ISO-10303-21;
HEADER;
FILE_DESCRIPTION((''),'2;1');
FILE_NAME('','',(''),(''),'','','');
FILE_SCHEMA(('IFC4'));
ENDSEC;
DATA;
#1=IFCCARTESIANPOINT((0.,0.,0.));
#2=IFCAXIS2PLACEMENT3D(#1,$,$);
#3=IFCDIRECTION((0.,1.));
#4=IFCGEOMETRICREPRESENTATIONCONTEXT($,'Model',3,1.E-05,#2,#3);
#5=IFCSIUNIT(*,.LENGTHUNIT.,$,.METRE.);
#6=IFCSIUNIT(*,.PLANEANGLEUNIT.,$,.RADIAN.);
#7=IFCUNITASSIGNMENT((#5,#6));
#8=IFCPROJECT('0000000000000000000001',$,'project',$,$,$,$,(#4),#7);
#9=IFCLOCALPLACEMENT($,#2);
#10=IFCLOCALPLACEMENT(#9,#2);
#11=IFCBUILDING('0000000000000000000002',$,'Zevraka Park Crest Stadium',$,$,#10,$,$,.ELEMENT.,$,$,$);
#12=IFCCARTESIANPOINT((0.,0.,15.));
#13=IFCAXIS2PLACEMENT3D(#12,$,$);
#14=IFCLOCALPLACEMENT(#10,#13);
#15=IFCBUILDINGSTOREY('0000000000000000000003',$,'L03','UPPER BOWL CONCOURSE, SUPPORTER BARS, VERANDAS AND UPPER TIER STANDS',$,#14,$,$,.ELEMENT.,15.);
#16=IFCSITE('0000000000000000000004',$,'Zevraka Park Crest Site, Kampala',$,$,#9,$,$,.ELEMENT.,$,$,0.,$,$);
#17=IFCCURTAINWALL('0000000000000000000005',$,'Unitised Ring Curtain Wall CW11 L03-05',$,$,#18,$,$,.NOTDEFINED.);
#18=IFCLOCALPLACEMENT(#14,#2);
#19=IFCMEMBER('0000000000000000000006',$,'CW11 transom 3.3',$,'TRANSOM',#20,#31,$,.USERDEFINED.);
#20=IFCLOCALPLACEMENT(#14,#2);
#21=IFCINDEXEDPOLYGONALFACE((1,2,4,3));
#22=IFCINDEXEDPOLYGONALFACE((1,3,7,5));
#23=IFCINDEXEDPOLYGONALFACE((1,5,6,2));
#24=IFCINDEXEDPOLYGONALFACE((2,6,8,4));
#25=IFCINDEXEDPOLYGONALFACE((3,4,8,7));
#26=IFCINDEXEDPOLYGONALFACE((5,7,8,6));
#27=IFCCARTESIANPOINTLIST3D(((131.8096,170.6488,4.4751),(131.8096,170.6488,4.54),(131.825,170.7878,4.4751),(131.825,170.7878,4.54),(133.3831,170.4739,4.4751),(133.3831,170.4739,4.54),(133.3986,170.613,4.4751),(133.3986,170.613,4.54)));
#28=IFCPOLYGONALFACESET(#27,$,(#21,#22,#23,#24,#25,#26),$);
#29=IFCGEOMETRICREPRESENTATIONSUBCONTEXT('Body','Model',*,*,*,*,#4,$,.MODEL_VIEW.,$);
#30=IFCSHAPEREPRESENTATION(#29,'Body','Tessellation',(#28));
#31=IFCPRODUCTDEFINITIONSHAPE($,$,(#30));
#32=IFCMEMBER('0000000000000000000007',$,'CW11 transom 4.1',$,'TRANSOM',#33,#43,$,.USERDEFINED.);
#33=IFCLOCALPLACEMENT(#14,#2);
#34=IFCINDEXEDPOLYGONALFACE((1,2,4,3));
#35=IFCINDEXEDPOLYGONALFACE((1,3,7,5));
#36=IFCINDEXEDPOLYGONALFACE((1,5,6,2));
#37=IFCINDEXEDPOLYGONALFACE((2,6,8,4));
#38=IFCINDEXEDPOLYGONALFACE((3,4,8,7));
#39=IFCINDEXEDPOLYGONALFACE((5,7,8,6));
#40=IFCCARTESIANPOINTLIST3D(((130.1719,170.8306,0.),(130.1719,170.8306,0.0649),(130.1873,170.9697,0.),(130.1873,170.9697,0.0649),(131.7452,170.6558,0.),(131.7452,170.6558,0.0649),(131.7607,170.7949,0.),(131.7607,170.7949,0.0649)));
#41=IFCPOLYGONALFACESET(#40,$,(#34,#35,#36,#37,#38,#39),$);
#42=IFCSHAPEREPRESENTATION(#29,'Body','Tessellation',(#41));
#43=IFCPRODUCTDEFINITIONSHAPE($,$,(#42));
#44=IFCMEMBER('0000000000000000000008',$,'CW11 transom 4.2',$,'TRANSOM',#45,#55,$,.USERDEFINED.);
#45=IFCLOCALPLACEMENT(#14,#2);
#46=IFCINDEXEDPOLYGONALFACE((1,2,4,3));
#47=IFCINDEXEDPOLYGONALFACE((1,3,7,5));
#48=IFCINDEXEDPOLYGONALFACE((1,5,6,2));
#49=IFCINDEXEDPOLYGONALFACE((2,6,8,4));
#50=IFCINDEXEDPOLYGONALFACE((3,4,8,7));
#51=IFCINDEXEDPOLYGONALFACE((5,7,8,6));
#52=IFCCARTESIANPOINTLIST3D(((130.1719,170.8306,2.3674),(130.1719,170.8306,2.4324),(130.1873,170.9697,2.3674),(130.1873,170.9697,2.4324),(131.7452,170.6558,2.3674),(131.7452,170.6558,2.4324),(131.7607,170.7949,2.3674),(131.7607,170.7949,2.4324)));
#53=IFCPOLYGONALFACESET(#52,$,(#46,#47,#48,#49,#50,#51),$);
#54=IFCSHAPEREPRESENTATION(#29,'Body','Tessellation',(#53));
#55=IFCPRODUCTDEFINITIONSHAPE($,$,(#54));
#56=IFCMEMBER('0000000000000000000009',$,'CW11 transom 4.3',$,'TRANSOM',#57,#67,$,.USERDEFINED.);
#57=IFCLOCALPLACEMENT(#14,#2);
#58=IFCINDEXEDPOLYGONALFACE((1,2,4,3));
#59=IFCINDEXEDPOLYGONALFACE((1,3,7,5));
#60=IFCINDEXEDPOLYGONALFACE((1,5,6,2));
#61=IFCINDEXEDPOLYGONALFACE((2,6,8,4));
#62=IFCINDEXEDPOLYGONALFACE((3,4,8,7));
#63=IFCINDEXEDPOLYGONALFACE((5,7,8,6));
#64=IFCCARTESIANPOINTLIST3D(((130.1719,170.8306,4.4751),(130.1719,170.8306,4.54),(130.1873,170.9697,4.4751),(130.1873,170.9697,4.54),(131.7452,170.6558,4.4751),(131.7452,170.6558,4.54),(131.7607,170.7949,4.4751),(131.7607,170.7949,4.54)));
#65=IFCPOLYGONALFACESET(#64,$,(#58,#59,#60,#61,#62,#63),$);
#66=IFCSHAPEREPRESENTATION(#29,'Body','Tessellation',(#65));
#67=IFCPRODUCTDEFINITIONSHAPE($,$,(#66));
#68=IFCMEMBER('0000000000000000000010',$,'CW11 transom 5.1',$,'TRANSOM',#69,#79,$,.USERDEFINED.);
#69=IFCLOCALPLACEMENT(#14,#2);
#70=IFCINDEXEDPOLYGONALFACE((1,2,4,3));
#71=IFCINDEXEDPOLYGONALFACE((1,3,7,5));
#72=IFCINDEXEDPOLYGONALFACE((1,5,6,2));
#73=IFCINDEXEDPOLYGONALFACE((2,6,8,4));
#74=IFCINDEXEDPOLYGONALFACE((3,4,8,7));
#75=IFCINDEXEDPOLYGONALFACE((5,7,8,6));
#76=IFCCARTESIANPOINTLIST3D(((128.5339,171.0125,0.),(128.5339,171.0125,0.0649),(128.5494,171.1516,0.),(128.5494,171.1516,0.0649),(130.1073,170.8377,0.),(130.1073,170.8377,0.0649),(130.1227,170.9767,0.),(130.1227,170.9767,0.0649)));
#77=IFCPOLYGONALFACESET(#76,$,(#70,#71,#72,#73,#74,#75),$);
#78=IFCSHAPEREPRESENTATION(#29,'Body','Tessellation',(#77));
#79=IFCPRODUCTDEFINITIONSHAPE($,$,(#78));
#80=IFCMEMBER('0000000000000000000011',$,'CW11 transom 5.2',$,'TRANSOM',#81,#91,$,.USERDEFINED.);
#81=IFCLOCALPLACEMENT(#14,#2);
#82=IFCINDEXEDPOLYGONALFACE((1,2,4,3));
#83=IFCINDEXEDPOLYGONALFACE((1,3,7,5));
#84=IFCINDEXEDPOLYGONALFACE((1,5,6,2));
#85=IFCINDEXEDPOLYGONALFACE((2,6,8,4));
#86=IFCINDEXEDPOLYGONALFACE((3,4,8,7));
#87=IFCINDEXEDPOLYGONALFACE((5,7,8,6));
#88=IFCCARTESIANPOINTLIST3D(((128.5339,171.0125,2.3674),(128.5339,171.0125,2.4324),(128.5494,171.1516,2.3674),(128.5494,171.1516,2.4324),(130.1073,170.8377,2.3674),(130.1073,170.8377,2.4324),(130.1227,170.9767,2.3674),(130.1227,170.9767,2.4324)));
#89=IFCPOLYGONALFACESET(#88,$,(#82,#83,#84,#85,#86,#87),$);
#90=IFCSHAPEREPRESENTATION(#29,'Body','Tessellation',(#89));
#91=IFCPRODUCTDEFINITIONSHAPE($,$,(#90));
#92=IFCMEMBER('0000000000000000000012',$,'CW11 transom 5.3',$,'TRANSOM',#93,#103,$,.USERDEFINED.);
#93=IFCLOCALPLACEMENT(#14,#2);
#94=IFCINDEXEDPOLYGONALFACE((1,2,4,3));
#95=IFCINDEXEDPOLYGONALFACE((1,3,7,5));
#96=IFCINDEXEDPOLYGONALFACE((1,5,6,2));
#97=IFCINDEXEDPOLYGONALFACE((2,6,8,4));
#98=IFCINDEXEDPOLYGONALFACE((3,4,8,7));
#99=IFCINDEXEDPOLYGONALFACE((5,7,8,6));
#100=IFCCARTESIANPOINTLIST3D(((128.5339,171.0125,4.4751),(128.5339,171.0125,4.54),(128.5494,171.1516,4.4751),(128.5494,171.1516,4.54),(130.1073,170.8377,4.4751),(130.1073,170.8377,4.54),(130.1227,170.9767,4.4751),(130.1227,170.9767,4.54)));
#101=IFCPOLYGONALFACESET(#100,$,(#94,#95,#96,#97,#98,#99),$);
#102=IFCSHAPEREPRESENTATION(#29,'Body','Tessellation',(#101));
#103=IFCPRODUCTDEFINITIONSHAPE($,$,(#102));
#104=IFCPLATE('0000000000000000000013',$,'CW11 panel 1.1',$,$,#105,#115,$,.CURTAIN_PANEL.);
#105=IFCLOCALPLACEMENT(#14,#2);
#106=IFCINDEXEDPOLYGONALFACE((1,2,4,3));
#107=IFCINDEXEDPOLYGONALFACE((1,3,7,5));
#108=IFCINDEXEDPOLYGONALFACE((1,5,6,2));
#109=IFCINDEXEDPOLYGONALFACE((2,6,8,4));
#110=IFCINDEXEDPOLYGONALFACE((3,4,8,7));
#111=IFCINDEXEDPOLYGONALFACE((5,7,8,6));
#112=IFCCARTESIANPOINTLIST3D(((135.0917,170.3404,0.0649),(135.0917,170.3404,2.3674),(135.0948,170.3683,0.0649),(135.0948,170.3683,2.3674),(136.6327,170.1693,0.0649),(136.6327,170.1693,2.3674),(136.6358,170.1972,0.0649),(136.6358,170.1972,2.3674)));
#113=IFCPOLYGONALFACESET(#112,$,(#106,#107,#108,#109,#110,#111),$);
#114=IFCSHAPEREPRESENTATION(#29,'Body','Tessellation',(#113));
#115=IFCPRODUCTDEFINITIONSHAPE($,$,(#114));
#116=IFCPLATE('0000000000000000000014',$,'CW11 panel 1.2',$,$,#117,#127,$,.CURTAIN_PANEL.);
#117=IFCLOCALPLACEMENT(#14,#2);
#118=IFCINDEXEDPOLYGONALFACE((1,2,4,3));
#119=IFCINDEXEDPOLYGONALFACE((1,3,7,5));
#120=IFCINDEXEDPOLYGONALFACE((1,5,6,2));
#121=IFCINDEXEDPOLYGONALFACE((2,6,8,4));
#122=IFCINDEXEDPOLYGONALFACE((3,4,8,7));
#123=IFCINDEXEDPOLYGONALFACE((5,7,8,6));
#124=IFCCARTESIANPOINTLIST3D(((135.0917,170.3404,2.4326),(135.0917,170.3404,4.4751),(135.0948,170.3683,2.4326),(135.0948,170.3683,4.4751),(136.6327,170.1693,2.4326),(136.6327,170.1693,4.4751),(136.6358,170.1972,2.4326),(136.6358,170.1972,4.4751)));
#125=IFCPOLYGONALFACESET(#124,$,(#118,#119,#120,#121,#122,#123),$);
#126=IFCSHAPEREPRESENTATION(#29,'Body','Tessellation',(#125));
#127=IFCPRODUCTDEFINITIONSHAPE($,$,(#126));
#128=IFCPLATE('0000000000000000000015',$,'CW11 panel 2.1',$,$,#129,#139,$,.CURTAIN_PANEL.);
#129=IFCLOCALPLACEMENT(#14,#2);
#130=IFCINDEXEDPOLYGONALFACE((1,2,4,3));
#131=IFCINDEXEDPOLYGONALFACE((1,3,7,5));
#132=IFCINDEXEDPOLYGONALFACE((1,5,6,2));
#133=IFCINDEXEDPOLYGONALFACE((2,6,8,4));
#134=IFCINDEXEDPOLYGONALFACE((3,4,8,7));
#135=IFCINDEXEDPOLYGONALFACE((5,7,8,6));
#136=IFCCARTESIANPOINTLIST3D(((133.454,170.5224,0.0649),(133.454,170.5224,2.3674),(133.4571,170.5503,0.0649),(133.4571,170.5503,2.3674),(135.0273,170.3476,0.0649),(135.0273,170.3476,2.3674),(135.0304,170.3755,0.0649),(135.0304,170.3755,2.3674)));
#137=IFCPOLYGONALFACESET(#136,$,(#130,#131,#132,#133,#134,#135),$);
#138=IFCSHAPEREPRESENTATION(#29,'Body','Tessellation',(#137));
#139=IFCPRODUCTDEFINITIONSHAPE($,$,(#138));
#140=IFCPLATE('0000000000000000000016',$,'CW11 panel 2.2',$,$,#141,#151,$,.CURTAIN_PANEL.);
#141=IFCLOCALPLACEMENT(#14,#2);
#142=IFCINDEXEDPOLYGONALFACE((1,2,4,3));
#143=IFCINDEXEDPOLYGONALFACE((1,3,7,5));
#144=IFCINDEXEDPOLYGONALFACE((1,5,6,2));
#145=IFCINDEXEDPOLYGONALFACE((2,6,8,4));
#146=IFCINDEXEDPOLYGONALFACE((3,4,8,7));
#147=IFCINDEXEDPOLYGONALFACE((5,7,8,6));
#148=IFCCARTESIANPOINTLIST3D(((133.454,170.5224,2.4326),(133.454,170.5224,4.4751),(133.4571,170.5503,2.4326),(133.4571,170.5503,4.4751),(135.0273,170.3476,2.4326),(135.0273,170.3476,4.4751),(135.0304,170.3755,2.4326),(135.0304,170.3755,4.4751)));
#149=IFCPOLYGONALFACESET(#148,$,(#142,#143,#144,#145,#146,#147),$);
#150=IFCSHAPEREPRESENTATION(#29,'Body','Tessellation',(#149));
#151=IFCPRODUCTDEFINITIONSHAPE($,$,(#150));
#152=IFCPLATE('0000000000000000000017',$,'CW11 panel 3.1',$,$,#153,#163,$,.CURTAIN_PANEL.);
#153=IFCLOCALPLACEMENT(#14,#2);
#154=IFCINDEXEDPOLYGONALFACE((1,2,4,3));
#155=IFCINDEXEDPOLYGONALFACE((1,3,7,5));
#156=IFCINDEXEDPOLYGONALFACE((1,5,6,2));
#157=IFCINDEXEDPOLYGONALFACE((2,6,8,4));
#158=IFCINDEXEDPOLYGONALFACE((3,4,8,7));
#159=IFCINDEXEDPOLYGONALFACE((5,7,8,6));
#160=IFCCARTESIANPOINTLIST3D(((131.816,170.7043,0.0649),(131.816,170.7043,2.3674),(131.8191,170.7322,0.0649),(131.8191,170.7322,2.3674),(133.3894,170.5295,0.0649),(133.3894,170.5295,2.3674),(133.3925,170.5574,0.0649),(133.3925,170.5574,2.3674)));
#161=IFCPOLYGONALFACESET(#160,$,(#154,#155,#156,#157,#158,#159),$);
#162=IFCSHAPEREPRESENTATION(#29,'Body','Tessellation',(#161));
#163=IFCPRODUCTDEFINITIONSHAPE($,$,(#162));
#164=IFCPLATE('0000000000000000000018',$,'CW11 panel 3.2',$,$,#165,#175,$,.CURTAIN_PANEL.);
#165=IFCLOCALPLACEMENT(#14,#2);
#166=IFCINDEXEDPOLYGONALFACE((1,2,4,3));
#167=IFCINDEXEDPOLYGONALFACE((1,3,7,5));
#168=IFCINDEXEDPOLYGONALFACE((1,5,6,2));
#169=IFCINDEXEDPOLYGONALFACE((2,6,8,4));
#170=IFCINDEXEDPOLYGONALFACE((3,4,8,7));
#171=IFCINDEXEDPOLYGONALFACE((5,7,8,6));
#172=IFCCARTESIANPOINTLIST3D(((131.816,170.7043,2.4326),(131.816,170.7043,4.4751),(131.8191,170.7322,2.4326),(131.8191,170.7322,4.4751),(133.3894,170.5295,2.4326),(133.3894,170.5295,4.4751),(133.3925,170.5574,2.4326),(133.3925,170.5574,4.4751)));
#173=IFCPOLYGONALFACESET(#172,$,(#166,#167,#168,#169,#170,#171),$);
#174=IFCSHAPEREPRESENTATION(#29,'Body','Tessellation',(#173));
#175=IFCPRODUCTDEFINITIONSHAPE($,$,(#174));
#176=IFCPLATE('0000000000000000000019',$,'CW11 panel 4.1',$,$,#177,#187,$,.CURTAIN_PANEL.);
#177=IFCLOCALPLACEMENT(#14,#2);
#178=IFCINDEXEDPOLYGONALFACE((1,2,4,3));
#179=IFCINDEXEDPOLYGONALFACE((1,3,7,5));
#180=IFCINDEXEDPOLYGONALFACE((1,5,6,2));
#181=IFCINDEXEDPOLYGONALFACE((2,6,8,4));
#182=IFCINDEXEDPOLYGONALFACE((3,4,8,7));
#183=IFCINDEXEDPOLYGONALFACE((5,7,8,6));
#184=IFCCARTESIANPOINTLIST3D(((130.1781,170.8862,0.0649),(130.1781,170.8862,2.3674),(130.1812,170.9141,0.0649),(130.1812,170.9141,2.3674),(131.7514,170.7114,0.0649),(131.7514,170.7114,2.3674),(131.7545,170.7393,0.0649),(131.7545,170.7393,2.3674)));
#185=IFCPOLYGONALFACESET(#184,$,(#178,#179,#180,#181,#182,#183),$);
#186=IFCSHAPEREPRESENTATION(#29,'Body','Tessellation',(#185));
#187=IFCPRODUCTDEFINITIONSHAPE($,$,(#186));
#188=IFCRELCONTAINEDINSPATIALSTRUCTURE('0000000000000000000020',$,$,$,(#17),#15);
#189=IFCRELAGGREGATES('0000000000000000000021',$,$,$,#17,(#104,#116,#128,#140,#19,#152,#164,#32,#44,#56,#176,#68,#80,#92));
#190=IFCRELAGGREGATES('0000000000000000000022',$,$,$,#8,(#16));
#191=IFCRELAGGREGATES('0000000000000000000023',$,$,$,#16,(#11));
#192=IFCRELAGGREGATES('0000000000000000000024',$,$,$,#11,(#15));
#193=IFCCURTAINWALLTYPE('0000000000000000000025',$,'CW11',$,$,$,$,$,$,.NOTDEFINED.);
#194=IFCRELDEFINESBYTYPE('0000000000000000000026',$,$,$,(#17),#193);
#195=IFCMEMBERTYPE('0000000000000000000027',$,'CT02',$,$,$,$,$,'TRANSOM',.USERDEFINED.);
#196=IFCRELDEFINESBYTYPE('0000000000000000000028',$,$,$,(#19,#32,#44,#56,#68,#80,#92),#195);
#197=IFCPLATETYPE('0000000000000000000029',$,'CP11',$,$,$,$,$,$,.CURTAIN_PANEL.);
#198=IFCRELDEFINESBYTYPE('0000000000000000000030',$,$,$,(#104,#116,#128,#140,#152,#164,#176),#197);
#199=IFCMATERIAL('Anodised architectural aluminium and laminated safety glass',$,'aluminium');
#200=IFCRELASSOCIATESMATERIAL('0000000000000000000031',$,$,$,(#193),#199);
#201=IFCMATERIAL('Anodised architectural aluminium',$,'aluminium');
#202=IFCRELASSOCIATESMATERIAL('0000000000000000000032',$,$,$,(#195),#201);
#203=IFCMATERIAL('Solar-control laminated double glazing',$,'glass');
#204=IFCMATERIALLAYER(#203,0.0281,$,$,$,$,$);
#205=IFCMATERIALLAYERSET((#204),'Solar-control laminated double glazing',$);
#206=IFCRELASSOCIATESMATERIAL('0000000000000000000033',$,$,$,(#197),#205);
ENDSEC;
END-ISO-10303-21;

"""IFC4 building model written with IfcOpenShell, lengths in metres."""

from ifc_helpers import new_model, si_unit, direction, frame, origin, origin_2d, place, context, subcontext, project, spatial, rectangle, extrude, material, layer, layer_set, material_profile, profile_set, type_object, element, aggregate, save


model = new_model("IFC4")

# Units and contexts
model_context = context("Model", 3, precision=1e-05, world=origin(), true_north=direction((0.0, 1.0)))
body_context = subcontext(model_context, "Body", "Model", "MODEL_VIEW")
ifc_project = project(units=[si_unit("LENGTHUNIT", "METRE"), si_unit("PLANEANGLEUNIT", "RADIAN")], contexts=[model_context])

# Site, building, storey
site_placement = place(None, origin())
site = spatial("IfcSite", under=ifc_project, at=site_placement, Name="Zevraka Park Crest Site, Kampala", CompositionType="ELEMENT", RefElevation=0.0)
building_placement = place(site_placement, origin())
building = spatial("IfcBuilding", under=site, at=building_placement, Name="Zevraka Park Crest Stadium", CompositionType="ELEMENT")
storey_placement = place(building_placement, frame((0.0, 0.0, 15.0)))
storey = spatial("IfcBuildingStorey", under=building, at=storey_placement, Name="L03", Description="UPPER BOWL CONCOURSE, SUPPORTER BARS, VERANDAS AND UPPER TIER STANDS", CompositionType="ELEMENT", Elevation=15.0)

# Curtain wall
ifc_material_1 = material(Name="Anodised architectural aluminium and laminated safety glass", Category="aluminium")
curtain_wall_type_1 = type_object("IfcCurtainWallType", Name="CW11", PredefinedType="NOTDEFINED", material=ifc_material_1)
curtain_wall_1_placement = place(storey_placement, origin())
curtain_wall_1 = element("IfcCurtainWall", 1, at=curtain_wall_1_placement, inside=storey, type_object=curtain_wall_type_1, Name="Unitised Ring Curtain Wall CW11 L03-05", PredefinedType="NOTDEFINED")

# Members
ifc_material_2 = material(Name="Anodised architectural aluminium", Category="aluminium")
ifc_material_profile_1 = material_profile(ifc_material_2, rectangle(XDim=0.1399, YDim=0.0649, at=origin_2d()), Name="ALU TRANSOM 140x65")
ifc_profile_set_1 = profile_set([ifc_material_profile_1], Name="Anodised architectural aluminium")
member_type_1 = type_object("IfcMemberType", Name="CT02", ElementType="TRANSOM", PredefinedType="USERDEFINED", material=ifc_profile_set_1)
member_1_placement = place(storey_placement, frame((133.3909, 170.5435, 4.5076), z_axis=(-0.993886, 0.110415, 0.0), x_axis=(-0.110415, -0.993886, 0.0)))
member_1 = element("IfcMember", 2, at=member_1_placement, type_object=member_type_1, Name="CW11 transom 3.3", ObjectType="TRANSOM", PredefinedType="USERDEFINED", context=body_context, shape_type="SweptSolid", body=[
    extrude(rectangle(XDim=0.1399, YDim=0.0649, at=origin_2d()), origin(), (0.0, 0.0, 1.0), 1.5833),
])
member_2_placement = place(storey_placement, frame((131.7529, 170.7253, 0.0325), z_axis=(-0.993884, 0.110432, 0.0), x_axis=(-0.110432, -0.993884, 0.0)))
member_2 = element("IfcMember", 3, at=member_2_placement, type_object=member_type_1, Name="CW11 transom 4.1", ObjectType="TRANSOM", PredefinedType="USERDEFINED", context=body_context, shape_type="SweptSolid", body=[
    extrude(rectangle(XDim=0.1399, YDim=0.0649, at=origin_2d()), origin(), (0.0, 0.0, 1.0), 1.583),
])
member_3_placement = place(storey_placement, frame((131.7529, 170.7253, 2.3999), z_axis=(-0.993884, 0.110432, 0.0), x_axis=(-0.110432, -0.993884, 0.0)))
member_3 = element("IfcMember", 4, at=member_3_placement, type_object=member_type_1, Name="CW11 transom 4.2", ObjectType="TRANSOM", PredefinedType="USERDEFINED", context=body_context, shape_type="SweptSolid", body=[
    extrude(rectangle(XDim=0.1399, YDim=0.0649, at=origin_2d()), origin(), (0.0, 0.0, 1.0), 1.583),
])
member_4_placement = place(storey_placement, frame((131.7529, 170.7253, 4.5076), z_axis=(-0.993884, 0.110432, 0.0), x_axis=(-0.110432, -0.993884, 0.0)))
member_4 = element("IfcMember", 5, at=member_4_placement, type_object=member_type_1, Name="CW11 transom 4.3", ObjectType="TRANSOM", PredefinedType="USERDEFINED", context=body_context, shape_type="SweptSolid", body=[
    extrude(rectangle(XDim=0.1399, YDim=0.0649, at=origin_2d()), origin(), (0.0, 0.0, 1.0), 1.583),
])
member_5_placement = place(storey_placement, frame((130.115, 170.9072, 0.0325), z_axis=(-0.993884, 0.110432, 0.0), x_axis=(-0.110432, -0.993884, 0.0)))
member_5 = element("IfcMember", 6, at=member_5_placement, type_object=member_type_1, Name="CW11 transom 5.1", ObjectType="TRANSOM", PredefinedType="USERDEFINED", context=body_context, shape_type="SweptSolid", body=[
    extrude(rectangle(XDim=0.1399, YDim=0.0649, at=origin_2d()), origin(), (0.0, 0.0, 1.0), 1.583),
])
member_6_placement = place(storey_placement, frame((130.115, 170.9072, 2.3999), z_axis=(-0.993884, 0.110432, 0.0), x_axis=(-0.110432, -0.993884, 0.0)))
member_6 = element("IfcMember", 7, at=member_6_placement, type_object=member_type_1, Name="CW11 transom 5.2", ObjectType="TRANSOM", PredefinedType="USERDEFINED", context=body_context, shape_type="SweptSolid", body=[
    extrude(rectangle(XDim=0.1399, YDim=0.0649, at=origin_2d()), origin(), (0.0, 0.0, 1.0), 1.583),
])
member_7_placement = place(storey_placement, frame((130.115, 170.9072, 4.5076), z_axis=(-0.993884, 0.110432, 0.0), x_axis=(-0.110432, -0.993884, 0.0)))
member_7 = element("IfcMember", 8, at=member_7_placement, type_object=member_type_1, Name="CW11 transom 5.3", ObjectType="TRANSOM", PredefinedType="USERDEFINED", context=body_context, shape_type="SweptSolid", body=[
    extrude(rectangle(XDim=0.1399, YDim=0.0649, at=origin_2d()), origin(), (0.0, 0.0, 1.0), 1.583),
])

# Plates
ifc_material_3 = material(Name="Solar-control laminated double glazing", Category="glass")
ifc_layer_1 = layer(ifc_material_3, 0.0281)
ifc_layer_set_1 = layer_set([ifc_layer_1], Name="Solar-control laminated double glazing")
plate_type_1 = type_object("IfcPlateType", Name="CP11", PredefinedType="CURTAIN_PANEL", material=ifc_layer_set_1)
plate_1_placement = place(storey_placement, frame((135.8638, 170.2688, 0.0649), z_axis=(0.0, 0.0, 1.0), x_axis=(-0.993888, 0.110396, 0.0)))
plate_1 = element("IfcPlate", 9, at=plate_1_placement, type_object=plate_type_1, Name="CW11 panel 1.1", PredefinedType="CURTAIN_PANEL", context=body_context, shape_type="SweptSolid", body=[
    extrude(rectangle(XDim=1.5505, YDim=0.0281, at=origin_2d()), origin(), (0.0, 0.0, 1.0), 2.3025),
])
plate_2_placement = place(storey_placement, frame((135.8638, 170.2688, 2.4326), z_axis=(0.0, 0.0, 1.0), x_axis=(-0.993888, 0.110396, 0.0)))
plate_2 = element("IfcPlate", 10, at=plate_2_placement, type_object=plate_type_1, Name="CW11 panel 1.2", PredefinedType="CURTAIN_PANEL", context=body_context, shape_type="SweptSolid", body=[
    extrude(rectangle(XDim=1.5505, YDim=0.0281, at=origin_2d()), origin(), (0.0, 0.0, 1.0), 2.0425),
])
plate_3_placement = place(storey_placement, frame((134.2422, 170.449, 0.0649), z_axis=(0.0, 0.0, 1.0), x_axis=(-0.993888, 0.110396, 0.0)))
plate_3 = element("IfcPlate", 11, at=plate_3_placement, type_object=plate_type_1, Name="CW11 panel 2.1", PredefinedType="CURTAIN_PANEL", context=body_context, shape_type="SweptSolid", body=[
    extrude(rectangle(XDim=1.583, YDim=0.0281, at=origin_2d()), origin(), (0.0, 0.0, 1.0), 2.3025),
])
plate_4_placement = place(storey_placement, frame((134.2422, 170.449, 2.4326), z_axis=(0.0, 0.0, 1.0), x_axis=(-0.993888, 0.110396, 0.0)))
plate_4 = element("IfcPlate", 12, at=plate_4_placement, type_object=plate_type_1, Name="CW11 panel 2.2", PredefinedType="CURTAIN_PANEL", context=body_context, shape_type="SweptSolid", body=[
    extrude(rectangle(XDim=1.583, YDim=0.0281, at=origin_2d()), origin(), (0.0, 0.0, 1.0), 2.0425),
])
plate_5_placement = place(storey_placement, frame((132.6042, 170.6309, 0.0649), z_axis=(0.0, 0.0, 1.0), x_axis=(-0.993888, 0.110396, 0.0)))
plate_5 = element("IfcPlate", 13, at=plate_5_placement, type_object=plate_type_1, Name="CW11 panel 3.1", PredefinedType="CURTAIN_PANEL", context=body_context, shape_type="SweptSolid", body=[
    extrude(rectangle(XDim=1.583, YDim=0.0281, at=origin_2d()), origin(), (0.0, 0.0, 1.0), 2.3025),
])
plate_6_placement = place(storey_placement, frame((132.6042, 170.6309, 2.4326), z_axis=(0.0, 0.0, 1.0), x_axis=(-0.993888, 0.110396, 0.0)))
plate_6 = element("IfcPlate", 14, at=plate_6_placement, type_object=plate_type_1, Name="CW11 panel 3.2", PredefinedType="CURTAIN_PANEL", context=body_context, shape_type="SweptSolid", body=[
    extrude(rectangle(XDim=1.583, YDim=0.0281, at=origin_2d()), origin(), (0.0, 0.0, 1.0), 2.0425),
])
plate_7_placement = place(storey_placement, frame((130.9663, 170.8127, 0.0649), z_axis=(0.0, 0.0, 1.0), x_axis=(-0.993888, 0.110396, 0.0)))
plate_7 = element("IfcPlate", 15, at=plate_7_placement, type_object=plate_type_1, Name="CW11 panel 4.1", PredefinedType="CURTAIN_PANEL", context=body_context, shape_type="SweptSolid", body=[
    extrude(rectangle(XDim=1.583, YDim=0.0281, at=origin_2d()), origin(), (0.0, 0.0, 1.0), 2.3025),
])
aggregate(curtain_wall_1, [plate_1, plate_2, plate_3, plate_4, member_1, plate_5, plate_6, member_2, member_3, member_4, plate_7, member_5, member_6, member_7])

save(model, "model.ifc")
